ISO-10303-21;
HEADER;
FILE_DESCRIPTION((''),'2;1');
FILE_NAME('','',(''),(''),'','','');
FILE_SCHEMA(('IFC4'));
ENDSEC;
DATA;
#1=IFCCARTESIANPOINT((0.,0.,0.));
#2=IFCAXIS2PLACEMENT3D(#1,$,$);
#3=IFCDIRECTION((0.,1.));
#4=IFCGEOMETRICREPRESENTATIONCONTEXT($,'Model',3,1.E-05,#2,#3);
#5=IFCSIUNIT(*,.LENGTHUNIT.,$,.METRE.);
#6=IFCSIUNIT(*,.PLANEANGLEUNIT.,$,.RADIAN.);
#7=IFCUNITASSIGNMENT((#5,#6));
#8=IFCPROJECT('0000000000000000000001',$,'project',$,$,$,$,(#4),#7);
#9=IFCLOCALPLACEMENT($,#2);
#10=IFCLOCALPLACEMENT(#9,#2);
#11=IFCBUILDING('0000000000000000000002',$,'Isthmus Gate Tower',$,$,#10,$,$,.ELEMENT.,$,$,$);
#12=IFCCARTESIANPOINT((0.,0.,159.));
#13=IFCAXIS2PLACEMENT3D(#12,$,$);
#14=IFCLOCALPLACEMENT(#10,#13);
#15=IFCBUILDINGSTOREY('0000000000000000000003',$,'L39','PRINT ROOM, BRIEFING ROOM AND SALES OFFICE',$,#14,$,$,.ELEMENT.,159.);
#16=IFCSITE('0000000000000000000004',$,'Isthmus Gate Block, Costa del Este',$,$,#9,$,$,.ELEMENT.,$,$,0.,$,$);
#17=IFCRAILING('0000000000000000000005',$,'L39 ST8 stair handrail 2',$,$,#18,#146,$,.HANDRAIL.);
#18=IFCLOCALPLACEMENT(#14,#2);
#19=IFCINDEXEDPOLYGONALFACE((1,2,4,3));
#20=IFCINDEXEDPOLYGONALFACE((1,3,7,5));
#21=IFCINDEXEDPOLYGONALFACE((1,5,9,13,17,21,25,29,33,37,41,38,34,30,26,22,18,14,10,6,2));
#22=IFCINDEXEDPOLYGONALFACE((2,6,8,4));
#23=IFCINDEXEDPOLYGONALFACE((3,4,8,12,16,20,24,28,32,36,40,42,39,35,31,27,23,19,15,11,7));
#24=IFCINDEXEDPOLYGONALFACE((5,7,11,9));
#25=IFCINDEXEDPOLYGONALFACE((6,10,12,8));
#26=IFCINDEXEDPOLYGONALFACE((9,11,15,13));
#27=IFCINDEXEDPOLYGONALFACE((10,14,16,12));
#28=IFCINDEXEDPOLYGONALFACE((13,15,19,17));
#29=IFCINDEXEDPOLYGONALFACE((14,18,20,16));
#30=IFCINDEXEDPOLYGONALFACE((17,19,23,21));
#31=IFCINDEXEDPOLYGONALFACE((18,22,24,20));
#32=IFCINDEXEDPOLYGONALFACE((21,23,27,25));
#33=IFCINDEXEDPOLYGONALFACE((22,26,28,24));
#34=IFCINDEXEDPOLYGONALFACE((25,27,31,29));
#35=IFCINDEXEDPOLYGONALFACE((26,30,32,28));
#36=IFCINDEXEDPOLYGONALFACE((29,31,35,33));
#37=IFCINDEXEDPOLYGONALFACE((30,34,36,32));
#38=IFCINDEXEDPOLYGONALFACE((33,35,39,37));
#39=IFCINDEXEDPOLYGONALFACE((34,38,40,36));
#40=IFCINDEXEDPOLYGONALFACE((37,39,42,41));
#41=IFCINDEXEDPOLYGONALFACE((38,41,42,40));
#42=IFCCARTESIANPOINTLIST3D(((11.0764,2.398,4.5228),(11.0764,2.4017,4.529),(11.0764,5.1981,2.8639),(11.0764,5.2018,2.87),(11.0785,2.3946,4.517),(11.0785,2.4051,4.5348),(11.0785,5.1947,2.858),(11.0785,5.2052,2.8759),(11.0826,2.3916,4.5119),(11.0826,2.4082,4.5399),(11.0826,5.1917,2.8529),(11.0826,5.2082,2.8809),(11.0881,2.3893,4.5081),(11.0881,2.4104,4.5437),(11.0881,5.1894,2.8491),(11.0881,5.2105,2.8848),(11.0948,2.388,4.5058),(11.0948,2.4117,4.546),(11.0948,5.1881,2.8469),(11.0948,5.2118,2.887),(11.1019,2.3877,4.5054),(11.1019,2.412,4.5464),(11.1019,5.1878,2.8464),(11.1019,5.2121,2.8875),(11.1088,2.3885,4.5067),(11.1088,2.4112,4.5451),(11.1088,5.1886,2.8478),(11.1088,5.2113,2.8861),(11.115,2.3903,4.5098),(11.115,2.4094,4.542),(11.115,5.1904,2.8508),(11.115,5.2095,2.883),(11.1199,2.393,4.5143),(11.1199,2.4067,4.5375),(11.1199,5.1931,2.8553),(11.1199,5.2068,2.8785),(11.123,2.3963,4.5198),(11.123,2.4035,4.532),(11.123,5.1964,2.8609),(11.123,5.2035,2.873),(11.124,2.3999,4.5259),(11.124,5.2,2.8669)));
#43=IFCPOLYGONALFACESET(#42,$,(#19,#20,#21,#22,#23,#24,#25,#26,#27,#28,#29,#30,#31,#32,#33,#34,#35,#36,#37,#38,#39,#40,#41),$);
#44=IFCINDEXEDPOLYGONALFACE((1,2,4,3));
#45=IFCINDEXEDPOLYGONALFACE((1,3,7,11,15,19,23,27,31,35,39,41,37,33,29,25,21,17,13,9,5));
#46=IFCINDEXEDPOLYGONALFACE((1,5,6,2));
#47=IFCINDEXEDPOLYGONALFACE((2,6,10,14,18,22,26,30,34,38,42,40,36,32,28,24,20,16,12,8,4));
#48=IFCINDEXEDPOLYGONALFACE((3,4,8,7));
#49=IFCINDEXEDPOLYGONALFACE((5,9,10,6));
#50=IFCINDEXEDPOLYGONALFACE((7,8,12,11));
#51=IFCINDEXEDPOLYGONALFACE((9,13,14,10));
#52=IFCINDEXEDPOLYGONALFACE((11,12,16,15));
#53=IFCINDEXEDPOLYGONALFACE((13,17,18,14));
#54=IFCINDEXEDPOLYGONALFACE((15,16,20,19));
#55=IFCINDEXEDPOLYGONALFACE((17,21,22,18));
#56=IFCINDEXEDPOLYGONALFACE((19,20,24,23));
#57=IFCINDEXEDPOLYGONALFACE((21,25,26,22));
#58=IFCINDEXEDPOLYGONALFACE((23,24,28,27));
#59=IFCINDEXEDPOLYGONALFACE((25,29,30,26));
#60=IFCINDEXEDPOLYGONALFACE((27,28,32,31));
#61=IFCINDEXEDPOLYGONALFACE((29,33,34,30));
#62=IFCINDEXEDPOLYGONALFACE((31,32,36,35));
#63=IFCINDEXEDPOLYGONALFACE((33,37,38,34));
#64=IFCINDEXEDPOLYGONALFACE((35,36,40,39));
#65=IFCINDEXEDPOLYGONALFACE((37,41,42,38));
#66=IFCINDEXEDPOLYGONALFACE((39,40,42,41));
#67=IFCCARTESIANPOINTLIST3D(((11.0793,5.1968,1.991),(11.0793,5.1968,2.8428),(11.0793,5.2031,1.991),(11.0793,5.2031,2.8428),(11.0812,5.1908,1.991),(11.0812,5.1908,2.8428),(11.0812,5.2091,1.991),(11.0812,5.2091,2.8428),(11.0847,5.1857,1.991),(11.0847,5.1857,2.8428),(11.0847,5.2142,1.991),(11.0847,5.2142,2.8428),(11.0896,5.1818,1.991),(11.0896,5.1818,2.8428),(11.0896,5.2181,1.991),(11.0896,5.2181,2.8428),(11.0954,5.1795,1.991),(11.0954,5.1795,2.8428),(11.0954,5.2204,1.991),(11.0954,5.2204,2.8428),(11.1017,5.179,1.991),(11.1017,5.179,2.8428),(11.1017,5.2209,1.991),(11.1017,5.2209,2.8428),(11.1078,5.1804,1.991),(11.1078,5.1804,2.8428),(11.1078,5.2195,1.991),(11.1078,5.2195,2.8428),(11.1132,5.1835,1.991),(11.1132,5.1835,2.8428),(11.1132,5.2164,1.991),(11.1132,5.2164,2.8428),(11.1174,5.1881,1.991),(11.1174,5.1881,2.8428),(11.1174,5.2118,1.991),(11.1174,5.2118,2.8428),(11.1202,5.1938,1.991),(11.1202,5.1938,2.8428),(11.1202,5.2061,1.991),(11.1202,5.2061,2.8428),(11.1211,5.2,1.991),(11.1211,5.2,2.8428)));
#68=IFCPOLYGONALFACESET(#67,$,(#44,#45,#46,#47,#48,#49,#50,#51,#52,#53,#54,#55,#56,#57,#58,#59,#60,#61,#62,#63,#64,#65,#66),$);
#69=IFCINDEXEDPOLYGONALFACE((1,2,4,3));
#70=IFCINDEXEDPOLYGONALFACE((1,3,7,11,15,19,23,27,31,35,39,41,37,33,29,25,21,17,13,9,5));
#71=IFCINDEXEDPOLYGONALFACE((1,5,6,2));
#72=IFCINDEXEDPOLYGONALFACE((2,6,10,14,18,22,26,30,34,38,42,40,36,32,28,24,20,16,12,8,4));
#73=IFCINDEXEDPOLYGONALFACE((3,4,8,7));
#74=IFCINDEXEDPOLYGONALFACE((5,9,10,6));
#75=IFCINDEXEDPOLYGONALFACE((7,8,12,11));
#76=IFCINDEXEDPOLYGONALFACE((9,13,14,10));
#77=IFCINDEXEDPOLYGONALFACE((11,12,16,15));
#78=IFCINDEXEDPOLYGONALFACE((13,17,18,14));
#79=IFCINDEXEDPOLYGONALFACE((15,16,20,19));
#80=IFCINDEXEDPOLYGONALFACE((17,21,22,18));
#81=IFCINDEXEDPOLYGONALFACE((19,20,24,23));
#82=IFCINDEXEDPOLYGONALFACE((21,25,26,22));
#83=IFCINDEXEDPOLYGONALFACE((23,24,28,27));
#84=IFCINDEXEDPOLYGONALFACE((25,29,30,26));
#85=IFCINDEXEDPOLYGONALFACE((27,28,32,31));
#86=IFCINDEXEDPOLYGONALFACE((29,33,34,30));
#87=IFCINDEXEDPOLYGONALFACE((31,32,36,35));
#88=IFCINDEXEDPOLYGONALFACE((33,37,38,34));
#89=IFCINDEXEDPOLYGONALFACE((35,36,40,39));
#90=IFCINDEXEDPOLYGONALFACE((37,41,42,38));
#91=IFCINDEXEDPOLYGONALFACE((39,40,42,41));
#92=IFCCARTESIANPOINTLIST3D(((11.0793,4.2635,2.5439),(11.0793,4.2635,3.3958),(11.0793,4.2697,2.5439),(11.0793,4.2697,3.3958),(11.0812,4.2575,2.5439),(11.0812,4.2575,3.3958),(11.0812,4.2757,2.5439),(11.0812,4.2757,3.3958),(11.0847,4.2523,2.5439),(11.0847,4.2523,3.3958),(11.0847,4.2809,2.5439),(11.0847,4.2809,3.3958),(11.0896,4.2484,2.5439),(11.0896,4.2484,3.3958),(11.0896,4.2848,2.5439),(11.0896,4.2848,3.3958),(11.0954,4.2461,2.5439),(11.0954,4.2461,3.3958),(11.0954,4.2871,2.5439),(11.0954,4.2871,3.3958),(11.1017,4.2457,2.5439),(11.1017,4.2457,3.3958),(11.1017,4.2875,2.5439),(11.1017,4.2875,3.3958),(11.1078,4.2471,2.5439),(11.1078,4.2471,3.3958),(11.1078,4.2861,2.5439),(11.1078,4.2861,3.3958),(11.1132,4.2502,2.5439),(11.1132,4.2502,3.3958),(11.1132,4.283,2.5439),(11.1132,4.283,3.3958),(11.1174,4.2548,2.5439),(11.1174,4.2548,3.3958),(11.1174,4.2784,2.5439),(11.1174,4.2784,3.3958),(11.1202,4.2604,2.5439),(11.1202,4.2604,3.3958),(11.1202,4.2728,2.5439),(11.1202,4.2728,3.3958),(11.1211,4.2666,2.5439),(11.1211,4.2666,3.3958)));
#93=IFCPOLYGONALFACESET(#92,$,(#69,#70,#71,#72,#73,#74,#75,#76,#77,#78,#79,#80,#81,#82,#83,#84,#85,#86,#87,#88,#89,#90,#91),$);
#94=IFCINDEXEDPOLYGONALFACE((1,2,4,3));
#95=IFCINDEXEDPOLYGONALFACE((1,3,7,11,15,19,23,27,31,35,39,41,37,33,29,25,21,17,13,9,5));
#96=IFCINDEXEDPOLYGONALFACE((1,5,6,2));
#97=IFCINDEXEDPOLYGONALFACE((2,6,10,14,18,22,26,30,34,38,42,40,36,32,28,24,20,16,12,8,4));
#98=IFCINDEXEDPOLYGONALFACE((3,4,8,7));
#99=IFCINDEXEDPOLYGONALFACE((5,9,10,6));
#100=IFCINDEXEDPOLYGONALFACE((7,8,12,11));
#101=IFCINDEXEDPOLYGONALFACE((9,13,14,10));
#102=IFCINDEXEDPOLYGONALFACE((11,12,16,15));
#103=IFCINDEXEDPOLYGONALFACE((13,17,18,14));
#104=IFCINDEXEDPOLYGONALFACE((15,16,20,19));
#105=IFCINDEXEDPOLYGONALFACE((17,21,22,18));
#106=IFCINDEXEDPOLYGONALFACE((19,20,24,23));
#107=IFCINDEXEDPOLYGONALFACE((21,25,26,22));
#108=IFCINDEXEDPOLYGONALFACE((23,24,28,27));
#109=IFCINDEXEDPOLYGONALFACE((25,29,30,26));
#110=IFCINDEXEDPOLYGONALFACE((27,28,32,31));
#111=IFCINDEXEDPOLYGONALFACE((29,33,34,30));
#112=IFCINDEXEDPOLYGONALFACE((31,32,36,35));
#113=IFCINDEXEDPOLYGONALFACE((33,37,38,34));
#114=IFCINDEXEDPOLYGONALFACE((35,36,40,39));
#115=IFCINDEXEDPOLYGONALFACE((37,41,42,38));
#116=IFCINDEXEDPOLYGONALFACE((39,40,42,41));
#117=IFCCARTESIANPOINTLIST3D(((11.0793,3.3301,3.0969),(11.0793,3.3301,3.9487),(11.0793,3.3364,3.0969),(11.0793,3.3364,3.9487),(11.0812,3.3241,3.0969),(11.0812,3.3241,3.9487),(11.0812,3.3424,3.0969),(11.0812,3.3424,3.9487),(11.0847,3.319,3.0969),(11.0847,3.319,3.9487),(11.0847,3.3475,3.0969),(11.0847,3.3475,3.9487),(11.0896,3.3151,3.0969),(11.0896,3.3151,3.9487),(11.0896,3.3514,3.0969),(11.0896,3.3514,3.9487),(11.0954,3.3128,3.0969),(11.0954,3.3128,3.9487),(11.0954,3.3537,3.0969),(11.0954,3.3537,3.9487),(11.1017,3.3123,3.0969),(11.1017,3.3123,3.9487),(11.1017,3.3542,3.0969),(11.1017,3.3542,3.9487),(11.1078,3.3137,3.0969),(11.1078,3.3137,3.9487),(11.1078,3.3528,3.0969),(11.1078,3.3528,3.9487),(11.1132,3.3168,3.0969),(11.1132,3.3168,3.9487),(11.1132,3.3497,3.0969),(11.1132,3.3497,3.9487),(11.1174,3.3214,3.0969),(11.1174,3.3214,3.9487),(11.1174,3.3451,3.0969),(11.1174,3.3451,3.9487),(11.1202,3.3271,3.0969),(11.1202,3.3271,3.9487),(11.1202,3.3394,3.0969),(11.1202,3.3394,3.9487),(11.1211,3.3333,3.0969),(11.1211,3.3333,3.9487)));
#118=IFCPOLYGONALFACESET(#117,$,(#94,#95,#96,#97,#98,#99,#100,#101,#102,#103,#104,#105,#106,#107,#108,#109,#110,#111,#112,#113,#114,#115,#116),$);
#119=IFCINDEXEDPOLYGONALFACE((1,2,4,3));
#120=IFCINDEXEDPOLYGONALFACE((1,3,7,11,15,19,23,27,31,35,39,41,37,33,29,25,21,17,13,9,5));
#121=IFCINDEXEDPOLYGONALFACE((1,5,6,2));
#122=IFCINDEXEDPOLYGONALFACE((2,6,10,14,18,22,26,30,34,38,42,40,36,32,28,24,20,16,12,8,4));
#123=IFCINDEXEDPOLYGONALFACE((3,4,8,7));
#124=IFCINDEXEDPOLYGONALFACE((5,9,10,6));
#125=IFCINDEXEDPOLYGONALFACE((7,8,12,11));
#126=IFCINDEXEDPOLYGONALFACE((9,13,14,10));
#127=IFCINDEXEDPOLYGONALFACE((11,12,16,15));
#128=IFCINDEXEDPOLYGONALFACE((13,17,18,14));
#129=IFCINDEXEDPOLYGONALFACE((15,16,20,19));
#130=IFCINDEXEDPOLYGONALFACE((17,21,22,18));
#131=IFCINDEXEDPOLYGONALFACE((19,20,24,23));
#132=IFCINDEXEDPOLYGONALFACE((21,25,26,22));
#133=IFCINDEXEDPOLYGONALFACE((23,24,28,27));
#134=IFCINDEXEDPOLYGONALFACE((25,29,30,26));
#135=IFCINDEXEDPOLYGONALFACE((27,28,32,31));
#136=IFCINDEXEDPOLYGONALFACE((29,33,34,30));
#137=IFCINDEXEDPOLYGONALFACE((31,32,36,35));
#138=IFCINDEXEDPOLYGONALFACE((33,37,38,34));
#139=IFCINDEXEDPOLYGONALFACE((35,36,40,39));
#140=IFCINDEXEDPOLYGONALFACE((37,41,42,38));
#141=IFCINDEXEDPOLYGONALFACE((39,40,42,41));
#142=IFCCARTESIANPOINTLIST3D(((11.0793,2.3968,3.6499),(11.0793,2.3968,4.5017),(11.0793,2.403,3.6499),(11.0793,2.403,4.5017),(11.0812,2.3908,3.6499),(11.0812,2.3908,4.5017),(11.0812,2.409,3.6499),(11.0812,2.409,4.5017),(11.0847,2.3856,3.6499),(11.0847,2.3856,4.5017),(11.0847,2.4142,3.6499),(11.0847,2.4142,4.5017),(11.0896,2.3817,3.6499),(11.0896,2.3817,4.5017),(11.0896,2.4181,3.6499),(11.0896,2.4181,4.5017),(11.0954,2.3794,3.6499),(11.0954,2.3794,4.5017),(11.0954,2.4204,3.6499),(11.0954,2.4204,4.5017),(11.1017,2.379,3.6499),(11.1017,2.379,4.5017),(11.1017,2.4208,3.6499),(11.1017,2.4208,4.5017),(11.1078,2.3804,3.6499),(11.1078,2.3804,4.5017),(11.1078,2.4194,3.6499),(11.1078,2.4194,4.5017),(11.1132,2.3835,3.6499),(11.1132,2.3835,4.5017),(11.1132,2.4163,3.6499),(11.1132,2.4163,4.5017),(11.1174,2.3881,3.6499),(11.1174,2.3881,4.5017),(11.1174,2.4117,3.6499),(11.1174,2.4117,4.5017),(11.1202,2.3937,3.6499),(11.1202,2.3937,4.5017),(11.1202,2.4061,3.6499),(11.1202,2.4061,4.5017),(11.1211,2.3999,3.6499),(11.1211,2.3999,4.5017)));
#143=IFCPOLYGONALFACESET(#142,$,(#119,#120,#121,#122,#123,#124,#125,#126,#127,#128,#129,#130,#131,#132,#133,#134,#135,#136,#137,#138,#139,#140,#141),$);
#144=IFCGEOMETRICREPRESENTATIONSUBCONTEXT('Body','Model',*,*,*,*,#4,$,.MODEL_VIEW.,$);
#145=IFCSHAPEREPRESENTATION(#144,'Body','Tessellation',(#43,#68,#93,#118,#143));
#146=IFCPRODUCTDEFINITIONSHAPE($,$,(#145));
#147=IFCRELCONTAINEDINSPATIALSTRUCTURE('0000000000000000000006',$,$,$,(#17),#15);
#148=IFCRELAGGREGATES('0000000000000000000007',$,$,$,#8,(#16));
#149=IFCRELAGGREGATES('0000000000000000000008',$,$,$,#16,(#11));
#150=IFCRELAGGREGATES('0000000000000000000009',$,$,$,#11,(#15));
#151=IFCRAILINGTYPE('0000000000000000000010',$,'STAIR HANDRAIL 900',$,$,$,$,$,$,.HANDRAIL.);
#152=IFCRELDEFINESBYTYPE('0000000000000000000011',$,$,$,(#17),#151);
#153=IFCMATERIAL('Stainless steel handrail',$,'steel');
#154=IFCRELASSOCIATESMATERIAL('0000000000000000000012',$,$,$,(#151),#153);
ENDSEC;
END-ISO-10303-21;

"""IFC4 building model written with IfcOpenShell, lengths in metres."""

from ifc_helpers import new_model, si_unit, direction, frame, origin, origin_2d, place, context, subcontext, project, spatial, circle, extrude, material, type_object, element, save


model = new_model("IFC4")

# Units and contexts
model_context = context("Model", 3, precision=1e-05, world=origin(), true_north=direction((0.0, 1.0)))
body_context = subcontext(model_context, "Body", "Model", "MODEL_VIEW")
ifc_project = project(units=[si_unit("LENGTHUNIT", "METRE"), si_unit("PLANEANGLEUNIT", "RADIAN")], contexts=[model_context])

# Site, building, storey
site_placement = place(None, origin())
site = spatial("IfcSite", under=ifc_project, at=site_placement, Name="Isthmus Gate Block, Costa del Este", CompositionType="ELEMENT", RefElevation=0.0)
building_placement = place(site_placement, origin())
building = spatial("IfcBuilding", under=site, at=building_placement, Name="Isthmus Gate Tower", CompositionType="ELEMENT")
storey_placement = place(building_placement, frame((0.0, 0.0, 159.0)))
storey = spatial("IfcBuildingStorey", under=building, at=storey_placement, Name="L39", Description="PRINT ROOM, BRIEFING ROOM AND SALES OFFICE", CompositionType="ELEMENT", Elevation=159.0)

# Railing
ifc_material_1 = material(Name="Stainless steel handrail", Category="steel")
railing_type_1 = type_object("IfcRailingType", Name="STAIR HANDRAIL 900", PredefinedType="HANDRAIL", material=ifc_material_1)
for number, where, name in (
    (1, (11.1001, 5.2, 1.991), "L39 ST8 stair handrail 2"),
):
    element("IfcRailing", number, at=place(storey_placement, frame(where)), inside=storey, type_object=railing_type_1, Name=name, PredefinedType="HANDRAIL", context=body_context, shape_type="SweptSolid", body=[
        extrude(circle(Radius=0.0239, at=origin_2d()), frame((0.0, 0.0, 0.876), z_axis=(0.0, -0.860339, 0.509722), x_axis=(1.0, 0.0, 0.0)), (0.0, 0.0, 1.0), 3.2546),
        extrude(circle(Radius=0.021, at=origin_2d()), origin(), (0.0, 0.0, 1.0), 0.8518),
        extrude(circle(Radius=0.021, at=origin_2d()), frame((0.0, -0.9333, 0.553)), (0.0, 0.0, 1.0), 0.8518),
        extrude(circle(Radius=0.021, at=origin_2d()), frame((0.0, -1.8667, 1.106)), (0.0, 0.0, 1.0), 0.8518),
        extrude(circle(Radius=0.021, at=origin_2d()), frame((0.0, -2.8, 1.6589)), (0.0, 0.0, 1.0), 0.8518),
    ])

save(model, "model.ifc")
